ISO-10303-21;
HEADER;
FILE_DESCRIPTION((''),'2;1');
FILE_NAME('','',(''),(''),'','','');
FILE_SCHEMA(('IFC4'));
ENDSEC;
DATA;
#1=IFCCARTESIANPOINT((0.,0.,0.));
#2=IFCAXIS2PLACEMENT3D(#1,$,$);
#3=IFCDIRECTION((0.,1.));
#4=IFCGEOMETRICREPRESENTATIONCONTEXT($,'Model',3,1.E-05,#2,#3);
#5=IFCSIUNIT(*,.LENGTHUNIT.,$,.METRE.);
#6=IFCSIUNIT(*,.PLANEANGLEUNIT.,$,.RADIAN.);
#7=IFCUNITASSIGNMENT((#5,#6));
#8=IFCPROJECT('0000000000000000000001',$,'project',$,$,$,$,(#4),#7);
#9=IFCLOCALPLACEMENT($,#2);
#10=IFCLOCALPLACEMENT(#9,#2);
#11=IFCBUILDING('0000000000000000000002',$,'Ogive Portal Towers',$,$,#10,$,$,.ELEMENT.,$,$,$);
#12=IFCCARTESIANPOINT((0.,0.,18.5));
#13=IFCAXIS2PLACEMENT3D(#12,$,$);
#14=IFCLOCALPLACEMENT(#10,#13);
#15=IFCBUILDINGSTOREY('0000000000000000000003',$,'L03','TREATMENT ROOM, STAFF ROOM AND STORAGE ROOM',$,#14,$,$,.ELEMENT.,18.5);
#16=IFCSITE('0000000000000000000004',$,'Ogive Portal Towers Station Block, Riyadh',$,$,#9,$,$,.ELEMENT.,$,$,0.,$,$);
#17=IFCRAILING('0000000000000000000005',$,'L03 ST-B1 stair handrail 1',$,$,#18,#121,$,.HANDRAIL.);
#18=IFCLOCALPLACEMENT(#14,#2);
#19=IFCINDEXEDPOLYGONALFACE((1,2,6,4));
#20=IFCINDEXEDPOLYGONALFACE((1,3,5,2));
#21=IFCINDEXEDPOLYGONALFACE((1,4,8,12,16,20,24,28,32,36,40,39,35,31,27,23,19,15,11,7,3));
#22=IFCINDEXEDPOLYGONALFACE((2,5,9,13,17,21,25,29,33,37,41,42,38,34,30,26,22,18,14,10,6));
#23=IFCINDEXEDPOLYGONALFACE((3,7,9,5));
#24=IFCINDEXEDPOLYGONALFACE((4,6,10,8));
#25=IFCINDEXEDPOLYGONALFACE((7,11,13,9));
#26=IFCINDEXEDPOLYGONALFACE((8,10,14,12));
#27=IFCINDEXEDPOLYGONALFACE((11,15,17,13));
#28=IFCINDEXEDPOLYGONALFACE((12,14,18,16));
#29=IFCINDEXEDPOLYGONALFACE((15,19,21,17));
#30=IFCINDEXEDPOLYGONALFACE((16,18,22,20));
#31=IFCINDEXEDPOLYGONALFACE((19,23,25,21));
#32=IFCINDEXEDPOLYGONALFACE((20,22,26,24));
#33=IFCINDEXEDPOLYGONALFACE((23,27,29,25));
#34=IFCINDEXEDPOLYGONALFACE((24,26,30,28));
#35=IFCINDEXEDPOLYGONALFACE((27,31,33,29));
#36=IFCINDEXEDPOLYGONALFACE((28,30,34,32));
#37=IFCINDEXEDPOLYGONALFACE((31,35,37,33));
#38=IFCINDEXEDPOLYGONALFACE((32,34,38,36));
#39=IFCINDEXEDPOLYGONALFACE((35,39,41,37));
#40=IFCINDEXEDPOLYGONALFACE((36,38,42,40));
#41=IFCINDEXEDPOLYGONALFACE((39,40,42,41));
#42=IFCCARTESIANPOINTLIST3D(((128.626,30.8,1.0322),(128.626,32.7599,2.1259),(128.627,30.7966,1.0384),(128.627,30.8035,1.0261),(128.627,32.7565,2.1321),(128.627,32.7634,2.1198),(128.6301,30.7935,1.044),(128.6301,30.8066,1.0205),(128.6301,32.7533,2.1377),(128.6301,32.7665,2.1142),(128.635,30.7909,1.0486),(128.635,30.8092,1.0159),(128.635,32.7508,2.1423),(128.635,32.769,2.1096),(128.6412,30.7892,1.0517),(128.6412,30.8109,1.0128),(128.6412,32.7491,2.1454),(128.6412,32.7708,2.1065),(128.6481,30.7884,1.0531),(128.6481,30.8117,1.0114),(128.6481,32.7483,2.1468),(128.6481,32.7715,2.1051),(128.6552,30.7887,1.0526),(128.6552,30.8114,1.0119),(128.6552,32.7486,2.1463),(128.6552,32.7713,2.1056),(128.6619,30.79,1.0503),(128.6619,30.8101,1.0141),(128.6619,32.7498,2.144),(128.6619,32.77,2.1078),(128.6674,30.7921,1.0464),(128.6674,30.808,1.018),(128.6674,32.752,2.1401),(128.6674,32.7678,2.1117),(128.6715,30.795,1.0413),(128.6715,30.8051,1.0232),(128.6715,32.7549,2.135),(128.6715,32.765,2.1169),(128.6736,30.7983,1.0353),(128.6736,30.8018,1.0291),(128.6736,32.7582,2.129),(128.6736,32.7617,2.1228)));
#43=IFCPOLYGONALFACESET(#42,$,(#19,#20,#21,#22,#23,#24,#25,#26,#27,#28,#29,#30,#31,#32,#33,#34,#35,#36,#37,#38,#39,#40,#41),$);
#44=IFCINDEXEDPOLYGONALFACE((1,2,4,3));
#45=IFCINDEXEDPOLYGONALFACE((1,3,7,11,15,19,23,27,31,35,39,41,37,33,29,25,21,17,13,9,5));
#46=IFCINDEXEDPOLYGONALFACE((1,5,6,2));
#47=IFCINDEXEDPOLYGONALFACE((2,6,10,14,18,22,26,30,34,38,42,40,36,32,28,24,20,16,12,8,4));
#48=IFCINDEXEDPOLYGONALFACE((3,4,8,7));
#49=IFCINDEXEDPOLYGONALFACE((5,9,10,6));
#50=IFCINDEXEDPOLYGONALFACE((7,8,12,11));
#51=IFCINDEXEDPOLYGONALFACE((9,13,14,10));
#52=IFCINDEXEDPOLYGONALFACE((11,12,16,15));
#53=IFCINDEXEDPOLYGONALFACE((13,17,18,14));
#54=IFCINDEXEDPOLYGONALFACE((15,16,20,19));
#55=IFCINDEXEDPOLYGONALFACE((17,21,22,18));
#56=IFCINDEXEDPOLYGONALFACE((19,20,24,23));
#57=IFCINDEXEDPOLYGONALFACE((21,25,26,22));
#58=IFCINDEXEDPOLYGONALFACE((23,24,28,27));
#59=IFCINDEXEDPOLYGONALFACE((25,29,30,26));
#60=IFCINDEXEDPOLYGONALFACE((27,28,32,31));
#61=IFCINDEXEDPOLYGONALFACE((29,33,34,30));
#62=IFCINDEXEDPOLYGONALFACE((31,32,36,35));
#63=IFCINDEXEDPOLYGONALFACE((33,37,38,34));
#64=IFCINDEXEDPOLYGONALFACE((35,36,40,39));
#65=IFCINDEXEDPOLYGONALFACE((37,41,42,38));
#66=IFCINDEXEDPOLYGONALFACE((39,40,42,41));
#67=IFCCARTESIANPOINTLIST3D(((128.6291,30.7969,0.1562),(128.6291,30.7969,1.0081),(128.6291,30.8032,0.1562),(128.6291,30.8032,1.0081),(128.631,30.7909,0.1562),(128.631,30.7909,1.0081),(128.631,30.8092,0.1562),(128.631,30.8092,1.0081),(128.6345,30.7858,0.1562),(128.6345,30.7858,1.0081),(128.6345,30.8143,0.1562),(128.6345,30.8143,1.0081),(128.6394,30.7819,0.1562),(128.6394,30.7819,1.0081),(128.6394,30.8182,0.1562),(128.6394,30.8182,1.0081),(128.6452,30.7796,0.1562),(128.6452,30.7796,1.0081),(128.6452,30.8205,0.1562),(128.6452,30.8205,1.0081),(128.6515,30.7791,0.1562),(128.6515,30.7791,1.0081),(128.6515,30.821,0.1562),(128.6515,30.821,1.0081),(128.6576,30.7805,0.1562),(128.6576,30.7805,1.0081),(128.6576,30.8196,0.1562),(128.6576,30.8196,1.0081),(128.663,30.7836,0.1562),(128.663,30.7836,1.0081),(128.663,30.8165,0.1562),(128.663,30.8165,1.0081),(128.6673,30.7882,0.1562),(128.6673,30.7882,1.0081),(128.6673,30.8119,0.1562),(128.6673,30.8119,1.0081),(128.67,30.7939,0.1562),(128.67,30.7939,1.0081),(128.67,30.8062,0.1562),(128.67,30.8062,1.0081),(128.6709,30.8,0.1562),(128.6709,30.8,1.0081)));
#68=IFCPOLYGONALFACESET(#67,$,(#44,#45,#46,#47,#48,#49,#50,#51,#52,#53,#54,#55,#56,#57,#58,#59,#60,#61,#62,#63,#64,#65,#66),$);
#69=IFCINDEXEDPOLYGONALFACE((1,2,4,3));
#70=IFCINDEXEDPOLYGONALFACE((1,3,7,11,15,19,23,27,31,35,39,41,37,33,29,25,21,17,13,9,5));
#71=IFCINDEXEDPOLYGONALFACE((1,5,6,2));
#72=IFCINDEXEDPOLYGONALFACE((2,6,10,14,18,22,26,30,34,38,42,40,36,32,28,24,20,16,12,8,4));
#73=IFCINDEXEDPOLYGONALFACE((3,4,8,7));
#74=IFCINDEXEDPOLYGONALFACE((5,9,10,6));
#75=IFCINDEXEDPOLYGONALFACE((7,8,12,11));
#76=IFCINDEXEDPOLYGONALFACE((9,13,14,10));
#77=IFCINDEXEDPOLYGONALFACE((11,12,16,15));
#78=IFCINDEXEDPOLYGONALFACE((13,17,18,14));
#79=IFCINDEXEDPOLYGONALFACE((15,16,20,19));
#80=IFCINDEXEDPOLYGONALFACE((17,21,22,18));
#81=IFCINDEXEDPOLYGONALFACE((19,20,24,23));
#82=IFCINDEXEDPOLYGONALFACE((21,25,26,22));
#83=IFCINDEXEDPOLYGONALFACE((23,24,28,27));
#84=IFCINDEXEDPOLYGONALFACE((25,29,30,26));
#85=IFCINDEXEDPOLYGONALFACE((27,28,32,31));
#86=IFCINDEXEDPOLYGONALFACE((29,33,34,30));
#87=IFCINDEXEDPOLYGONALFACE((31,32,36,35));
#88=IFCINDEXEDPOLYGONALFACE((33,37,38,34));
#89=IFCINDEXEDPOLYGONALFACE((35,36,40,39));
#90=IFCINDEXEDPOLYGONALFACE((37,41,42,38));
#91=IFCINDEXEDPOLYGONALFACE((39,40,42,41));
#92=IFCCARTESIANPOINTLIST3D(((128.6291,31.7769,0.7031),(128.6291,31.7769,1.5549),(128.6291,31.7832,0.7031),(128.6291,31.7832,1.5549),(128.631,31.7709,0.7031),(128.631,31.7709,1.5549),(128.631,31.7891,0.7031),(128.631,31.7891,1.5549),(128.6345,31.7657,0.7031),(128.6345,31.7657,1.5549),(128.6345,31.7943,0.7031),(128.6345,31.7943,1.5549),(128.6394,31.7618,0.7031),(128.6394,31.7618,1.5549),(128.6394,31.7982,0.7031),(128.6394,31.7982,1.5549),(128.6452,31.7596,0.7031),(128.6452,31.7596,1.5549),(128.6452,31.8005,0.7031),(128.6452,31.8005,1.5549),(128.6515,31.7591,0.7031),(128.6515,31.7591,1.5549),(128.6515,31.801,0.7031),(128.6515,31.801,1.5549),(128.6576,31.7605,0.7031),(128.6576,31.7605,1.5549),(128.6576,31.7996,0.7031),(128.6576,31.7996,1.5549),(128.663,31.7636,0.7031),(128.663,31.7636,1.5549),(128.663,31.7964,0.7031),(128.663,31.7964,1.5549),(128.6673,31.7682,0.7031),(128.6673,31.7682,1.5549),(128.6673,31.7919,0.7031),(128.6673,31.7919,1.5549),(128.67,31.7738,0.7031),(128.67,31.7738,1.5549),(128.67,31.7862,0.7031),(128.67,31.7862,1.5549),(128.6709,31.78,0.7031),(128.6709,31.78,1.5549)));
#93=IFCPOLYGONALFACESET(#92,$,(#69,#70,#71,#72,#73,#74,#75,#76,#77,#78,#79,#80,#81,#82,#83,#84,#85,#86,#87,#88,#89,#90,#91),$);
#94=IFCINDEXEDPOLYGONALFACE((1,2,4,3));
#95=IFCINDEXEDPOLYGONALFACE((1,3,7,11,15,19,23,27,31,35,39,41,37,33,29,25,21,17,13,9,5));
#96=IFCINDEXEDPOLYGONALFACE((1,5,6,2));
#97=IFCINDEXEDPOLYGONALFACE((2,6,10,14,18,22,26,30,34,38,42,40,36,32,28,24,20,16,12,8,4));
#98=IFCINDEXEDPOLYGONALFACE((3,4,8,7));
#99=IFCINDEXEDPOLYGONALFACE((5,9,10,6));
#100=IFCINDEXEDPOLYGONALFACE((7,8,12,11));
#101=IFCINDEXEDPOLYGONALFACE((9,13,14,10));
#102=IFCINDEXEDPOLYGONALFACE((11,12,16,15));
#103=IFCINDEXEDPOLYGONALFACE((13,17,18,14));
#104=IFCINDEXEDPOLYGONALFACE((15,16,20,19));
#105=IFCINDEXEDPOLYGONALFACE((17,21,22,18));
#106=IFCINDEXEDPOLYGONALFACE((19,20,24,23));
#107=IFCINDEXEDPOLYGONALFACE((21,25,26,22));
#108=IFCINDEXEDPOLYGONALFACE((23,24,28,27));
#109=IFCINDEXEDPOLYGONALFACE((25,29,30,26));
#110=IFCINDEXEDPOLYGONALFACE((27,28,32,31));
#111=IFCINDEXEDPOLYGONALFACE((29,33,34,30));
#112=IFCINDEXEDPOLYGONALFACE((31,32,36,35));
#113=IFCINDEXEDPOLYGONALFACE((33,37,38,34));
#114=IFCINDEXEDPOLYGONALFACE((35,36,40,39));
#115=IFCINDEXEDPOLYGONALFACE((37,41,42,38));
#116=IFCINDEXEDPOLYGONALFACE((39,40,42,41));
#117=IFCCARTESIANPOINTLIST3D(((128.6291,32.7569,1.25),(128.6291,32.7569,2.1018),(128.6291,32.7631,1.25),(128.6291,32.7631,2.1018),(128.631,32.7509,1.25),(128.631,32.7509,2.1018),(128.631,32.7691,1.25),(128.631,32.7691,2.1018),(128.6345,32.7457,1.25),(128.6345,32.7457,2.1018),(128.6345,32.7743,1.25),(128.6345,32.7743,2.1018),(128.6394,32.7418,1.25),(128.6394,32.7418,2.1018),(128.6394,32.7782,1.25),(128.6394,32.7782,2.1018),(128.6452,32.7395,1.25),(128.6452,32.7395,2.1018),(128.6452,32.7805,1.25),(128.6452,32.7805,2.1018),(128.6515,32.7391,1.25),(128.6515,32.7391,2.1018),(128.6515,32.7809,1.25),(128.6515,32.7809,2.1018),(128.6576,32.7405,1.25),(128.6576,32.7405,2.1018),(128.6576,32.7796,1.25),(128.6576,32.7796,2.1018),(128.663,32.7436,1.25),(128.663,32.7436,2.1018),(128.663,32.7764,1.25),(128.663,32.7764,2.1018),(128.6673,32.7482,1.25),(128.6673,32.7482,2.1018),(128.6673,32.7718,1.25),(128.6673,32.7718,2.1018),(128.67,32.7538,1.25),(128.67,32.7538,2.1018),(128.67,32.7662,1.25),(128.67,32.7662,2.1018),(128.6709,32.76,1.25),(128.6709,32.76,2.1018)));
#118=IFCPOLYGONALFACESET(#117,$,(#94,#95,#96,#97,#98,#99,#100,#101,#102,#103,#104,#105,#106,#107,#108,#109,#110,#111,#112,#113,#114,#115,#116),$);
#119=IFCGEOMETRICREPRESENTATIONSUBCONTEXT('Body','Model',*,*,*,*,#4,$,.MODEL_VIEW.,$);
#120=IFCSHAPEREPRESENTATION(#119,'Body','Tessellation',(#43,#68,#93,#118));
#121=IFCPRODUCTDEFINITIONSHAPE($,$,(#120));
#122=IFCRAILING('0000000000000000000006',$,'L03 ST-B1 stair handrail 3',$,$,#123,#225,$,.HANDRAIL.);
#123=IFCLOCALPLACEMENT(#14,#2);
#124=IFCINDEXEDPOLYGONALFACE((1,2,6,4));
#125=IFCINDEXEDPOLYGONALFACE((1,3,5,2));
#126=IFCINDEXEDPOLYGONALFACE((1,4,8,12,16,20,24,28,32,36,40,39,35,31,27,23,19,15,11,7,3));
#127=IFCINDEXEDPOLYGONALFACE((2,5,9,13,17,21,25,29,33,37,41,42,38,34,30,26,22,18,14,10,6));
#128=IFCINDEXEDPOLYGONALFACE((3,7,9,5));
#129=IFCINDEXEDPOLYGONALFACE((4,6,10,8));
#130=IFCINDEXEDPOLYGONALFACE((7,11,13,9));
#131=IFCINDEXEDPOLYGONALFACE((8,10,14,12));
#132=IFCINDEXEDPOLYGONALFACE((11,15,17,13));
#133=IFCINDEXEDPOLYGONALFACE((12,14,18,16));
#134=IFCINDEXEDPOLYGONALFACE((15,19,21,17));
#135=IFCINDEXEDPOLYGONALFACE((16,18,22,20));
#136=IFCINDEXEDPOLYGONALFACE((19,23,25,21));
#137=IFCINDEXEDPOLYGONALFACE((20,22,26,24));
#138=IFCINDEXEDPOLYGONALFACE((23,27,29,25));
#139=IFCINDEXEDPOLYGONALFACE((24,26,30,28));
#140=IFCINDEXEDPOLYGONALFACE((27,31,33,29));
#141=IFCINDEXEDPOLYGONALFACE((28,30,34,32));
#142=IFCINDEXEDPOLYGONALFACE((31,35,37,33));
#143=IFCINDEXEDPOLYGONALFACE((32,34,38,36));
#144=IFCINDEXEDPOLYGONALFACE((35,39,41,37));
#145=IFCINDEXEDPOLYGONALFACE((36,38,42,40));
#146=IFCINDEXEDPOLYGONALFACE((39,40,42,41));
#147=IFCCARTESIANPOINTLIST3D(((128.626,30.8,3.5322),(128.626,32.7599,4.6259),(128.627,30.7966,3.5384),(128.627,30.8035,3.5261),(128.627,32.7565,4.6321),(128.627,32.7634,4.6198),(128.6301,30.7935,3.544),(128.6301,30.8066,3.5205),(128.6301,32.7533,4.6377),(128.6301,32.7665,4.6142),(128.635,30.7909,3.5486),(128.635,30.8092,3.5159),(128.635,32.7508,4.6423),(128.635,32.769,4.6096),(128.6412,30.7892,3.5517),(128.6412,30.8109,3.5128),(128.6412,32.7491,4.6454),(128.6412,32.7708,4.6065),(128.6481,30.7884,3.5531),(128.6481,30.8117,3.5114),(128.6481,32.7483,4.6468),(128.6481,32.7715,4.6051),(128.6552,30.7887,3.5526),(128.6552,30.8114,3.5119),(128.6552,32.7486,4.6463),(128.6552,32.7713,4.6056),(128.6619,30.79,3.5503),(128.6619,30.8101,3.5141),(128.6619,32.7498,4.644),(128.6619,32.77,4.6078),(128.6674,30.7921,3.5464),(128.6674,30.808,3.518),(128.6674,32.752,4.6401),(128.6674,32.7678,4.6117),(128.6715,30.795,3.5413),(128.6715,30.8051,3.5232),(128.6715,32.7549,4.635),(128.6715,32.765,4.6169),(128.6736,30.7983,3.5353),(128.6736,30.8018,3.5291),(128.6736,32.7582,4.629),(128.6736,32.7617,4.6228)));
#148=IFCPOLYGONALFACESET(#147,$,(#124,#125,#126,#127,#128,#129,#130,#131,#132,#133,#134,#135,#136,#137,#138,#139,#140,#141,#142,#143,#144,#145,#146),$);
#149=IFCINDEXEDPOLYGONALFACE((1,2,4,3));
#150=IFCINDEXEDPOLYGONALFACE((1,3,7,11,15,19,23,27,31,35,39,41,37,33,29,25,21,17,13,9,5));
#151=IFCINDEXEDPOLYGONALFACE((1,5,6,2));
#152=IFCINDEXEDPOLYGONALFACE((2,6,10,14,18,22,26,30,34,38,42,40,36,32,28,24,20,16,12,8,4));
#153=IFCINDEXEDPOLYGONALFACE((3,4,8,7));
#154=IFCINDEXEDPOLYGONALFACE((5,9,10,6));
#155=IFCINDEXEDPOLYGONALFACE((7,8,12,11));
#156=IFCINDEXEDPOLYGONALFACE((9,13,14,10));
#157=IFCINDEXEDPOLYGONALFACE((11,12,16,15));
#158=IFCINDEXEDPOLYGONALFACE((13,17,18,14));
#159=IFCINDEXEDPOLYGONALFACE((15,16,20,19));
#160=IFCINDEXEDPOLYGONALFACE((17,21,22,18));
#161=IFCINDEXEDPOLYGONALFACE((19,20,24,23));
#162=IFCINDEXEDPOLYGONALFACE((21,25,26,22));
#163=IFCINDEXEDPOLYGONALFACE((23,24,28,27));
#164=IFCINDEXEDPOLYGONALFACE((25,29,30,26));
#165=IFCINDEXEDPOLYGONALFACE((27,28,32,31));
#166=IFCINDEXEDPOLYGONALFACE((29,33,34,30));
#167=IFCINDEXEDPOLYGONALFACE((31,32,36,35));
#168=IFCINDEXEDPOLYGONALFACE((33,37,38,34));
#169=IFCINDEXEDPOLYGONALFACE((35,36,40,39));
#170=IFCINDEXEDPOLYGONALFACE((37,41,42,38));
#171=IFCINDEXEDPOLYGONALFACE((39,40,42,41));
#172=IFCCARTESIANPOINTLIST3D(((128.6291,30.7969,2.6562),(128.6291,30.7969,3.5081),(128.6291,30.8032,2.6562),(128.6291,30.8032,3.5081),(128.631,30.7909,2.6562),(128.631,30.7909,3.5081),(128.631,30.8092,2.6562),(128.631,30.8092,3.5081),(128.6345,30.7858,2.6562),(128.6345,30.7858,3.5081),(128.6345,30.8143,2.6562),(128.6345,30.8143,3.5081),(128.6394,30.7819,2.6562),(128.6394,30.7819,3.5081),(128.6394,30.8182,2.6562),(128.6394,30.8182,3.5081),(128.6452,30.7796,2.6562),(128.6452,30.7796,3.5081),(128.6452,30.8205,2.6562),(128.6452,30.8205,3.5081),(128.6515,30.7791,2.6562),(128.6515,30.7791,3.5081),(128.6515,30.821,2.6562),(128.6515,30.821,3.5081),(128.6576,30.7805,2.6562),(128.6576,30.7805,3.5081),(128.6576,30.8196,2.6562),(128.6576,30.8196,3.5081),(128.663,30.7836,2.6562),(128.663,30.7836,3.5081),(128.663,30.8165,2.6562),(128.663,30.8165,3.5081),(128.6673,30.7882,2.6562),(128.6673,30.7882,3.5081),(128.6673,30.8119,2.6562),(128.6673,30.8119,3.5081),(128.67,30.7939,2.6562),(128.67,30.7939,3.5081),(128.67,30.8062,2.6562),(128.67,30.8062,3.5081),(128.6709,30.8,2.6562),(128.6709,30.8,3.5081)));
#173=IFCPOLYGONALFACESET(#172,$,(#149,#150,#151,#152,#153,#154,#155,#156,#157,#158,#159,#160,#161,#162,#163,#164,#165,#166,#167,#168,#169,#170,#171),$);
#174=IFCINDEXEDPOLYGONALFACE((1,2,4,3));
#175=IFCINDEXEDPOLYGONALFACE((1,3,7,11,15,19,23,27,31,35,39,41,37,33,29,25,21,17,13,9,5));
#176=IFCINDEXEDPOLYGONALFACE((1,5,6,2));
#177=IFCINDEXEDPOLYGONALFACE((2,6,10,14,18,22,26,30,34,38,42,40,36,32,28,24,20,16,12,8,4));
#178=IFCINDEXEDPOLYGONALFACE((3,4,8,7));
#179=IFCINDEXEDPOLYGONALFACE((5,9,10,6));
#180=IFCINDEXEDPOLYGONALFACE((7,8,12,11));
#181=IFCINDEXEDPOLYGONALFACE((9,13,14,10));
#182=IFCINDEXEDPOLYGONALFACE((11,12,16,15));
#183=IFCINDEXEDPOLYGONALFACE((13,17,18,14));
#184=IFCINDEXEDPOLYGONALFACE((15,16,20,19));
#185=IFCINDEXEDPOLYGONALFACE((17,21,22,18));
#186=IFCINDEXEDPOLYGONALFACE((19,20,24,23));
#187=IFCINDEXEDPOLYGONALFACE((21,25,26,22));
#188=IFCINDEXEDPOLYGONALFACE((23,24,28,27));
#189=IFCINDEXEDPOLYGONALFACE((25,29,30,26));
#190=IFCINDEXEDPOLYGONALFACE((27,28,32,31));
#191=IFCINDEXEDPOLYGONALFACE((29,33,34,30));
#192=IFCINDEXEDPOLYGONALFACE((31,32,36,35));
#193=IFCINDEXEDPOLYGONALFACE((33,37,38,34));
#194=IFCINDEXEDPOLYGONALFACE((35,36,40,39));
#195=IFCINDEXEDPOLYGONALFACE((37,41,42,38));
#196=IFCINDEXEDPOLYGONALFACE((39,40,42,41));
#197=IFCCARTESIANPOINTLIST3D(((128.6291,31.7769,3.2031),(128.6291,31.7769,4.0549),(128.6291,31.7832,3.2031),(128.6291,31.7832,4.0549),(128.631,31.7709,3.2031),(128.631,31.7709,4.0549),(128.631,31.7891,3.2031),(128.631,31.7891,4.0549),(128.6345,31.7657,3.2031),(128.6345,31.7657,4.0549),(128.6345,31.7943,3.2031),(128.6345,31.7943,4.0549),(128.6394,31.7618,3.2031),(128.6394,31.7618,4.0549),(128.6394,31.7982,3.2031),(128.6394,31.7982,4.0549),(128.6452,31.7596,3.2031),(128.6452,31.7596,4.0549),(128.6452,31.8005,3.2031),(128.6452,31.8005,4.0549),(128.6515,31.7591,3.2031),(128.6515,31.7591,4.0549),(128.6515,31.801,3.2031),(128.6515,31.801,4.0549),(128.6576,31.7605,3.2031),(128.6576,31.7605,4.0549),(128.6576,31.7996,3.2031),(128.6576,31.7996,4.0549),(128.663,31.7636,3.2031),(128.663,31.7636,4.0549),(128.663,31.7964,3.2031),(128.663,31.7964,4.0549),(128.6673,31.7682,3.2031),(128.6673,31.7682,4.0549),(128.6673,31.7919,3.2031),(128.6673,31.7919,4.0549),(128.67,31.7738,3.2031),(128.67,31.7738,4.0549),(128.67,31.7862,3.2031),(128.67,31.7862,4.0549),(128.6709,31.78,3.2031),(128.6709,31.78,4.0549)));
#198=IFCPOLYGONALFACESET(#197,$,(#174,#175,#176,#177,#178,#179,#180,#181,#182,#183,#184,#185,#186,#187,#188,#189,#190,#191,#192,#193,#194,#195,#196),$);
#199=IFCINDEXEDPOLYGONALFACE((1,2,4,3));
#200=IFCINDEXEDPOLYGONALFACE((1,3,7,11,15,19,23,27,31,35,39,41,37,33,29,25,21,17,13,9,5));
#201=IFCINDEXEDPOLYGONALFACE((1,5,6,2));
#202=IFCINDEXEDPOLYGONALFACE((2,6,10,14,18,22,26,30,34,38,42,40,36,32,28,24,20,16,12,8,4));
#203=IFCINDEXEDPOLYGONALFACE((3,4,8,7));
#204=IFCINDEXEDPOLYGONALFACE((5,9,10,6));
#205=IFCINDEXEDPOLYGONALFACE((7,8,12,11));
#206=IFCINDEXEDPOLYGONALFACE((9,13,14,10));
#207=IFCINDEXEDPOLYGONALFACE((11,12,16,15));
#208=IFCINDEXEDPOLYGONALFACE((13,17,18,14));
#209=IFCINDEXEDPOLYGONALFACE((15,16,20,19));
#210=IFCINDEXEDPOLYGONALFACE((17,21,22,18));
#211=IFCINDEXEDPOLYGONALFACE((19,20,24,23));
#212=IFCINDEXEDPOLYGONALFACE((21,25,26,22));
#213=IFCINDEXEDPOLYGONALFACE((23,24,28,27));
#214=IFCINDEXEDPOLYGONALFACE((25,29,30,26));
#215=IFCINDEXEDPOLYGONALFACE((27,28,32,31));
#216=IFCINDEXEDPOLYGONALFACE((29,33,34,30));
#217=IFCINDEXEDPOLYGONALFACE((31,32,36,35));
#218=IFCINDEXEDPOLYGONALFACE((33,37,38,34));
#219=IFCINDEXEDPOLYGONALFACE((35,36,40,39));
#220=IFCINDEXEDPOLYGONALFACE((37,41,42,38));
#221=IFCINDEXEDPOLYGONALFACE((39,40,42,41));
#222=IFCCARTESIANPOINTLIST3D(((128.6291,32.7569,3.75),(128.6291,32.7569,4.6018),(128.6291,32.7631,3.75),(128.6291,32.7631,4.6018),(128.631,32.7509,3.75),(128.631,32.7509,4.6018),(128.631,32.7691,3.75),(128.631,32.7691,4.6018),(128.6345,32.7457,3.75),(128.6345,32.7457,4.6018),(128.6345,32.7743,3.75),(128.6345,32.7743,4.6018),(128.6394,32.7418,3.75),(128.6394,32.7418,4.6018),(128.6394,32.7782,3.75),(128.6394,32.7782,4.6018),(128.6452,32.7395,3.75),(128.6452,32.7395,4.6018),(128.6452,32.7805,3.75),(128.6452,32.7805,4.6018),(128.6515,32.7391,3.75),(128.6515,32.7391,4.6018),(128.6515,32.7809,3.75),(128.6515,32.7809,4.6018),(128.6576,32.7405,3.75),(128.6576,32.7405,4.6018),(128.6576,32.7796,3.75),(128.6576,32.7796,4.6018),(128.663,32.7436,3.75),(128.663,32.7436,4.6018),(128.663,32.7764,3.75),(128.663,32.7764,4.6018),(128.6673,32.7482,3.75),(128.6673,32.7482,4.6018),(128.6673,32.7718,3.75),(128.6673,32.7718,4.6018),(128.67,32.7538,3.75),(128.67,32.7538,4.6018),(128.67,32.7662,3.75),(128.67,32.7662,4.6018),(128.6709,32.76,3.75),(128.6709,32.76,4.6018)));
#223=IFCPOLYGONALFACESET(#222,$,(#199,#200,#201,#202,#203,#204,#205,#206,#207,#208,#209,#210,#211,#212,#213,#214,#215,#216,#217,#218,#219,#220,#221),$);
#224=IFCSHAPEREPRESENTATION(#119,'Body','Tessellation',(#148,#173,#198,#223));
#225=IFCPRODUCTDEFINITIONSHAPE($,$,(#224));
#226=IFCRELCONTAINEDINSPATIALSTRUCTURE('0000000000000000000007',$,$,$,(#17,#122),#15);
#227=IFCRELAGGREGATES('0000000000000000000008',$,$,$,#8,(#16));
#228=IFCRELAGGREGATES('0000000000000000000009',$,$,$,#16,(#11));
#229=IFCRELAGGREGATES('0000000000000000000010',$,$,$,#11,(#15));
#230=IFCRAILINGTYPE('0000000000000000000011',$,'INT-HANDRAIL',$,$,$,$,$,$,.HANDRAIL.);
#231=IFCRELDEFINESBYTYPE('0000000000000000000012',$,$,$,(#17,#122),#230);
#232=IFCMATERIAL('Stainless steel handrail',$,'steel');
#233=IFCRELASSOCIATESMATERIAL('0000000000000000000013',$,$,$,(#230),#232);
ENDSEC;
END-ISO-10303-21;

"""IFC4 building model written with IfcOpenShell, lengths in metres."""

from ifc_helpers import new_model, si_unit, direction, frame, origin, origin_2d, place, context, subcontext, project, spatial, circle, extrude, material, type_object, element, save


model = new_model("IFC4")

# Units and contexts
model_context = context("Model", 3, precision=1e-05, world=origin(), true_north=direction((0.0, 1.0)))
body_context = subcontext(model_context, "Body", "Model", "MODEL_VIEW")
ifc_project = project(units=[si_unit("LENGTHUNIT", "METRE"), si_unit("PLANEANGLEUNIT", "RADIAN")], contexts=[model_context])

# Site, building, storey
site_placement = place(None, origin())
site = spatial("IfcSite", under=ifc_project, at=site_placement, Name="Ogive Portal Towers Station Block, Riyadh", CompositionType="ELEMENT", RefElevation=0.0)
building_placement = place(site_placement, origin())
building = spatial("IfcBuilding", under=site, at=building_placement, Name="Ogive Portal Towers", CompositionType="ELEMENT")
storey_placement = place(building_placement, frame((0.0, 0.0, 18.5)))
storey = spatial("IfcBuildingStorey", under=building, at=storey_placement, Name="L03", Description="TREATMENT ROOM, STAFF ROOM AND STORAGE ROOM", CompositionType="ELEMENT", Elevation=18.5)

# Railings
ifc_material_1 = material(Name="Stainless steel handrail", Category="steel")
railing_type_1 = type_object("IfcRailingType", Name="INT-HANDRAIL", PredefinedType="HANDRAIL", material=ifc_material_1)
for number, where, name in (
    (1, (128.6499, 30.8, 0.1562), "L03 ST-B1 stair handrail 1"),
    (2, (128.6499, 30.8, 2.6562), "L03 ST-B1 stair handrail 3"),
):
    element("IfcRailing", number, at=place(storey_placement, frame(where)), inside=storey, type_object=railing_type_1, Name=name, PredefinedType="HANDRAIL", context=body_context, shape_type="SweptSolid", body=[
        extrude(circle(Radius=0.0239, at=origin_2d()), frame((0.0, 0.0, 0.876), z_axis=(0.0, 0.873232, 0.487304), x_axis=(-1.0, 0.0, 0.0)), (0.0, 0.0, 1.0), 2.2444),
        extrude(circle(Radius=0.021, at=origin_2d()), origin(), (0.0, 0.0, 1.0), 0.8518),
        extrude(circle(Radius=0.021, at=origin_2d()), frame((0.0, 0.98, 0.5469)), (0.0, 0.0, 1.0), 0.8518),
        extrude(circle(Radius=0.021, at=origin_2d()), frame((0.0, 1.96, 1.0938)), (0.0, 0.0, 1.0), 0.8518),
    ])

save(model, "model.ifc")
